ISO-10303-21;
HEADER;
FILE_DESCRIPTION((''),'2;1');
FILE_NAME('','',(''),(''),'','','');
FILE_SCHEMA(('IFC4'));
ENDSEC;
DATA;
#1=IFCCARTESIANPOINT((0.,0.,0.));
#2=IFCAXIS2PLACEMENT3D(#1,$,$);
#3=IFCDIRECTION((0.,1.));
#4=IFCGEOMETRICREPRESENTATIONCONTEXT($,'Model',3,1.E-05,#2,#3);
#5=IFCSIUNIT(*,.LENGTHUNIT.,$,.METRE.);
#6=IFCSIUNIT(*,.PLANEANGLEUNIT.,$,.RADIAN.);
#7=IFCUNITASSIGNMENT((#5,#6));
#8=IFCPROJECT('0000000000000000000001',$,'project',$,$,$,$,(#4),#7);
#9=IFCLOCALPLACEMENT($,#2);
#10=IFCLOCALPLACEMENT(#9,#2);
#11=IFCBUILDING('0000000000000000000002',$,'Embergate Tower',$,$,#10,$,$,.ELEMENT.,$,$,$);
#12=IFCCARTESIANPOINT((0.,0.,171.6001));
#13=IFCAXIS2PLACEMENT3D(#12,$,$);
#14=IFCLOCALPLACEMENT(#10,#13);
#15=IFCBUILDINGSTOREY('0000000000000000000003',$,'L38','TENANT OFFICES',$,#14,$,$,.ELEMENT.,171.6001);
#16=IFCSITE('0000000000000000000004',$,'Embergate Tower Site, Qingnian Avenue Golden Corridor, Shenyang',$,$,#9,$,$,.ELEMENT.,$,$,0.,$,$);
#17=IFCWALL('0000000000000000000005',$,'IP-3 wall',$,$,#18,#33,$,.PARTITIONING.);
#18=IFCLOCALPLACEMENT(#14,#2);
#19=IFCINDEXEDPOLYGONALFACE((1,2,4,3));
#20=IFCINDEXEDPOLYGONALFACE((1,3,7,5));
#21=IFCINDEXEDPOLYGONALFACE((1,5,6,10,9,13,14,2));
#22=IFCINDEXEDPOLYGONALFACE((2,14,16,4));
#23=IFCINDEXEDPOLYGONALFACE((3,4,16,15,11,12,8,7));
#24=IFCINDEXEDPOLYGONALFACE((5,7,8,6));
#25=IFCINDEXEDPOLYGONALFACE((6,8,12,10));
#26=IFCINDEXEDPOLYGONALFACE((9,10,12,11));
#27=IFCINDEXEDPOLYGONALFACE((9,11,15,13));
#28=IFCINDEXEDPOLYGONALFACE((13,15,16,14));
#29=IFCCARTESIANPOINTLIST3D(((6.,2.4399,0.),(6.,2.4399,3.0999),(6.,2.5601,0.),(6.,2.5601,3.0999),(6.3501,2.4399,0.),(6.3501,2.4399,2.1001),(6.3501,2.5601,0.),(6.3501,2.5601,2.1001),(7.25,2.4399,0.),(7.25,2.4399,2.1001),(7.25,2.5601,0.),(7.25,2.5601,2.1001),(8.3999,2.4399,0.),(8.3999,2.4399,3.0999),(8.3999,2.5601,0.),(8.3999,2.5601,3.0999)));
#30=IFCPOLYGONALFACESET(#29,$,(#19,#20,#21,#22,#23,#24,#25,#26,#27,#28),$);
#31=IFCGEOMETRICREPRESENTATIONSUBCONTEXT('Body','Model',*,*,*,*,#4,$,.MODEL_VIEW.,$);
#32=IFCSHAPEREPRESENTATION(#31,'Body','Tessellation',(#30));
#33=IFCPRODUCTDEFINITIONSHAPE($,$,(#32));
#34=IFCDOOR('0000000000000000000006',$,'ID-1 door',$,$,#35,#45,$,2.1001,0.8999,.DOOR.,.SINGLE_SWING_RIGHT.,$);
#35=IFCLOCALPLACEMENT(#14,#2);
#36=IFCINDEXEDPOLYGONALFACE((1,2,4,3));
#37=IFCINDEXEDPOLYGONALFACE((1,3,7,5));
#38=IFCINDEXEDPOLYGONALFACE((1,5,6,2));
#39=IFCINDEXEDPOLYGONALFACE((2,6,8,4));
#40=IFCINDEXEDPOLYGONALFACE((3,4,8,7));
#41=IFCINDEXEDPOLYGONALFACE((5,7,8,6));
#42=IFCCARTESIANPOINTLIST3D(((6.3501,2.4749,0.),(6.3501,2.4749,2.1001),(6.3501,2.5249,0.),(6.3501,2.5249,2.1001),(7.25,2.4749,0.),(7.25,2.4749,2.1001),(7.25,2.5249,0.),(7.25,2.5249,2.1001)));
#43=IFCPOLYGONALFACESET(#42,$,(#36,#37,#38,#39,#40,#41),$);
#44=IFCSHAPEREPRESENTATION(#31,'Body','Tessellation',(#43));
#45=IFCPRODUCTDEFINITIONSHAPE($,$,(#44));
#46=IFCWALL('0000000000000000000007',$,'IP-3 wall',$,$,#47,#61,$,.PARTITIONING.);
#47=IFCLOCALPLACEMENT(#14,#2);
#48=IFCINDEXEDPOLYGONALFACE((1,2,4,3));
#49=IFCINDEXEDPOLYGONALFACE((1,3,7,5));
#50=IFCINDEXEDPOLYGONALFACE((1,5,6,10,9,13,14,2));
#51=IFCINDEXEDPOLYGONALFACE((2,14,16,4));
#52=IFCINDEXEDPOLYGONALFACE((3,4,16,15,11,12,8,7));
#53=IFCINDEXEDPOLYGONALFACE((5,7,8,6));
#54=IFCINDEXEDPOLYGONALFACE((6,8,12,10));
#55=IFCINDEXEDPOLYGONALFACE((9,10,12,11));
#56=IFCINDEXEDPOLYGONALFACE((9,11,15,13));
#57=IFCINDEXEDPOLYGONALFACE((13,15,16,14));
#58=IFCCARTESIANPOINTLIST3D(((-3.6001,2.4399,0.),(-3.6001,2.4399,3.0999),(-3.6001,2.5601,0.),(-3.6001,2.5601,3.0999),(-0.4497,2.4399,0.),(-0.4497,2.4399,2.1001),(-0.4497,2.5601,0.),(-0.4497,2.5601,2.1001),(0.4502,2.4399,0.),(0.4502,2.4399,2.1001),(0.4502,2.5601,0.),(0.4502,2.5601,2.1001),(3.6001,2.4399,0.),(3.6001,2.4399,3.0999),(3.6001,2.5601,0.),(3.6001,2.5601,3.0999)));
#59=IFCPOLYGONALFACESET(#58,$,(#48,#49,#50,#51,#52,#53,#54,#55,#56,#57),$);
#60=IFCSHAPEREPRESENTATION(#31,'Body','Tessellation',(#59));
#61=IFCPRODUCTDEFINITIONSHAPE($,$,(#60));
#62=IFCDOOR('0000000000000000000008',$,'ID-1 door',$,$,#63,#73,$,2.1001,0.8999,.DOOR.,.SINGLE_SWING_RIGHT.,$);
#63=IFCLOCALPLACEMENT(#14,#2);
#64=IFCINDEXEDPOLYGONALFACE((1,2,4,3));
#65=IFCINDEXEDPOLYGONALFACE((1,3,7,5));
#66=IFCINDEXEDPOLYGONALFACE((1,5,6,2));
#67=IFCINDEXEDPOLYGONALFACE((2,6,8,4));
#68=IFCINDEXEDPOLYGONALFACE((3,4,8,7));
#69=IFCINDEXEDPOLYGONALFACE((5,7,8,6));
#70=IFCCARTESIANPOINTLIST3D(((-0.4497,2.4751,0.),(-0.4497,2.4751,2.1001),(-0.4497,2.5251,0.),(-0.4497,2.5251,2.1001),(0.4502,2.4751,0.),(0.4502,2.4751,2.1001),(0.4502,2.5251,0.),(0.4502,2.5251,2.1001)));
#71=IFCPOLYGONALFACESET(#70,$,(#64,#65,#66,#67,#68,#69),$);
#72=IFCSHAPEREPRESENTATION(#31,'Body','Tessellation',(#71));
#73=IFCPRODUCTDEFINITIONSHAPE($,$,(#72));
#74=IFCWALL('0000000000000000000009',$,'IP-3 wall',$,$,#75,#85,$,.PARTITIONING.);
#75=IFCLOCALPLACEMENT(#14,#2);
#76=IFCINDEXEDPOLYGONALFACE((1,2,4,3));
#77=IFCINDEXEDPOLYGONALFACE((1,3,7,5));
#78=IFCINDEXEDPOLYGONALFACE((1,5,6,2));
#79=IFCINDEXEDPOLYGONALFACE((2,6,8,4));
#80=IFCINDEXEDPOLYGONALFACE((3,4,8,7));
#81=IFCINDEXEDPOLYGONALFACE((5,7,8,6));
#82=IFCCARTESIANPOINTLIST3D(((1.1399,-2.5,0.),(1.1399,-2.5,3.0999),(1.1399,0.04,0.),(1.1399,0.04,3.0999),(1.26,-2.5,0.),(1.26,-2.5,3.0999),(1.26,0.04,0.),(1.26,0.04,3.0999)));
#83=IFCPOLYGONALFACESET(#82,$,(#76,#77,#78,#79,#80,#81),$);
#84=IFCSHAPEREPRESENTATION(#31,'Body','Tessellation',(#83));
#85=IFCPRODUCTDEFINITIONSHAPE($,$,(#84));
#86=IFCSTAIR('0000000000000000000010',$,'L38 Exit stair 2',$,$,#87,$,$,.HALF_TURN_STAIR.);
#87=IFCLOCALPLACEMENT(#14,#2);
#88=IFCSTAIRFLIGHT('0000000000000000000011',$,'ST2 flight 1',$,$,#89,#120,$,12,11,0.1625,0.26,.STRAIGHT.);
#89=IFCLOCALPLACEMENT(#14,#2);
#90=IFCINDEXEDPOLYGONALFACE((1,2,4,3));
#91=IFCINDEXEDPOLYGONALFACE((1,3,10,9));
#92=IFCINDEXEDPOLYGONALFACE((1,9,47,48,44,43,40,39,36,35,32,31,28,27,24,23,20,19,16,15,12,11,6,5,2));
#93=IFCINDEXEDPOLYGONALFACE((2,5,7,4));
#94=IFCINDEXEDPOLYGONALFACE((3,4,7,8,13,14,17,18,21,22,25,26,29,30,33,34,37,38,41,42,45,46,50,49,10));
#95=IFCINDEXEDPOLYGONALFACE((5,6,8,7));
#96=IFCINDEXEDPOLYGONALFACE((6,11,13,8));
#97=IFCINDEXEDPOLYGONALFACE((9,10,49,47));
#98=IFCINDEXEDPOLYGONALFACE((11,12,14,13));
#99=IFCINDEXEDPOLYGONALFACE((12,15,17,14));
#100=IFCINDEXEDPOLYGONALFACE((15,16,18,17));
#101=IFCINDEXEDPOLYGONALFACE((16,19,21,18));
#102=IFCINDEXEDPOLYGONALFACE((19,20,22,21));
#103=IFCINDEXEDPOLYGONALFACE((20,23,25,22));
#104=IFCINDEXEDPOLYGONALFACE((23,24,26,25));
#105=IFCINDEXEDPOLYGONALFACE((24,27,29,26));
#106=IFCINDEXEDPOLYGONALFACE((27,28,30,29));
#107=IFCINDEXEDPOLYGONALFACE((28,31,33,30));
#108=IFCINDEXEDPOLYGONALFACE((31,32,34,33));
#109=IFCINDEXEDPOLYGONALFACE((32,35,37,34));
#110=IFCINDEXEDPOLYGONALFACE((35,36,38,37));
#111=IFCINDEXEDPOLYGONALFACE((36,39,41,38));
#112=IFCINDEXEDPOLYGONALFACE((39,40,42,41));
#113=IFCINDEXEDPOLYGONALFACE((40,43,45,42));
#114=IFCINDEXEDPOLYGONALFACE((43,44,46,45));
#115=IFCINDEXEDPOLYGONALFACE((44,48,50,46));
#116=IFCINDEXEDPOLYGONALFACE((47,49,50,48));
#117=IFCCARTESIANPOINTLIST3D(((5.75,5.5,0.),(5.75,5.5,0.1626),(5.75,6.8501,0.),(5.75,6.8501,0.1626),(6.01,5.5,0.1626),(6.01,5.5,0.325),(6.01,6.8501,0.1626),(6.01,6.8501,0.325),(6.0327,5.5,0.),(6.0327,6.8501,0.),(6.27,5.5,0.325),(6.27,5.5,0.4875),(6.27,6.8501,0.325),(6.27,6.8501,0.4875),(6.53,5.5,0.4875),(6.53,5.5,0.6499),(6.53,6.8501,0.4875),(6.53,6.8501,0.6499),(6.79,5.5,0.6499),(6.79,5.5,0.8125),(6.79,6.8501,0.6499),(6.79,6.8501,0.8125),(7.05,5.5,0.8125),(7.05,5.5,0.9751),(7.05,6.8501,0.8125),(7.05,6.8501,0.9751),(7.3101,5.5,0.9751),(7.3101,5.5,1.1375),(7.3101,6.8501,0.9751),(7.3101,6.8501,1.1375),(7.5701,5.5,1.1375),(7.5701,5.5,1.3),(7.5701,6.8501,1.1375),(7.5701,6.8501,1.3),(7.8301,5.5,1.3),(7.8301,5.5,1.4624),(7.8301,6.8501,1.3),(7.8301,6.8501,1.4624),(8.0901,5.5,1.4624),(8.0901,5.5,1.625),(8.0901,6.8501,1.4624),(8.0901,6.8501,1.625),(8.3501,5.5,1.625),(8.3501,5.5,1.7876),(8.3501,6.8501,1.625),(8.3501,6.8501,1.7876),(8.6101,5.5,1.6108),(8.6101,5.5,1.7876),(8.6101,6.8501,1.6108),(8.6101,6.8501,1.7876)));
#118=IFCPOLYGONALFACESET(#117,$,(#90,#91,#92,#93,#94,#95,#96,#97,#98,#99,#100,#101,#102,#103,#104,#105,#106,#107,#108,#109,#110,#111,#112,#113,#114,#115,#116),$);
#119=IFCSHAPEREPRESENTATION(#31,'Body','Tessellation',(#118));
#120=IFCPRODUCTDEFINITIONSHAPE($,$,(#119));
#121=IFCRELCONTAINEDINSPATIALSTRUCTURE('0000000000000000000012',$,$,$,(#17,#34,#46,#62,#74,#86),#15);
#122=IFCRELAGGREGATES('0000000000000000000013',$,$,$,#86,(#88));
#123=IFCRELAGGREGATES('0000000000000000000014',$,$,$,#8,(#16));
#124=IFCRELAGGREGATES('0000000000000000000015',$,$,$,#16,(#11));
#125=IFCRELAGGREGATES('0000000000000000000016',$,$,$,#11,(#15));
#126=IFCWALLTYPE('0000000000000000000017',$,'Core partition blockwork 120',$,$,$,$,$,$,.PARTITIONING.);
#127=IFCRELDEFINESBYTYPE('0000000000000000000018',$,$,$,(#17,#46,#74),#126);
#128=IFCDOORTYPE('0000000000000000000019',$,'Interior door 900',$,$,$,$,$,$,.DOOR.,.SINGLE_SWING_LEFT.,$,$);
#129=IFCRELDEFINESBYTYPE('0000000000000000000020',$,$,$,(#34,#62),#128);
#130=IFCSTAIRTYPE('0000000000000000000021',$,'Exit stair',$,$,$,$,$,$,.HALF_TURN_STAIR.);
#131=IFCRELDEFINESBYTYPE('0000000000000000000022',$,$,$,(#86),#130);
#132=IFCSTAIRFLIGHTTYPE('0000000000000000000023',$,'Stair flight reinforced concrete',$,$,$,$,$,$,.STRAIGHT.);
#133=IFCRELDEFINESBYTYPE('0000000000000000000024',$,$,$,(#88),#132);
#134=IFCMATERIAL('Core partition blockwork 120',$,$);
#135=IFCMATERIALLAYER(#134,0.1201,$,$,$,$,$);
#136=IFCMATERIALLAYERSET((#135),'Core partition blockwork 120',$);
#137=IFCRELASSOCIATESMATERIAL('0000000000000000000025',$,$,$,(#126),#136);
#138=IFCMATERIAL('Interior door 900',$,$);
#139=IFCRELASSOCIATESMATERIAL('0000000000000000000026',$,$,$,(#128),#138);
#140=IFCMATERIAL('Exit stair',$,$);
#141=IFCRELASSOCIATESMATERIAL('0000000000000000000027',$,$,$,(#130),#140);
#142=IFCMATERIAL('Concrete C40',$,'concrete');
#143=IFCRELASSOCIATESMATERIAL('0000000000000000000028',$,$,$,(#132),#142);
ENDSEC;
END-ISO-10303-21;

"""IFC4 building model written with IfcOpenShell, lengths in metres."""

from ifc_helpers import new_model, si_unit, direction, frame, frame_2d, origin, place, context, subcontext, project, spatial, polyline, rectangle, outline, extrude, source, transform, mapped, material, layer, layer_set, type_object, element, fill, aggregate, save


model = new_model("IFC4")

# Units and contexts
model_context = context("Model", 3, precision=1e-05, world=origin(), true_north=direction((0.0, 1.0)))
body_context = subcontext(model_context, "Body", "Model", "MODEL_VIEW")
ifc_project = project(units=[si_unit("LENGTHUNIT", "METRE"), si_unit("PLANEANGLEUNIT", "RADIAN")], contexts=[model_context])

# Site, building, storey
site_placement = place(None, origin())
site = spatial("IfcSite", under=ifc_project, at=site_placement, Name="Embergate Tower Site, Qingnian Avenue Golden Corridor, Shenyang", CompositionType="ELEMENT", RefElevation=0.0)
building_placement = place(site_placement, origin())
building = spatial("IfcBuilding", under=site, at=building_placement, Name="Embergate Tower", CompositionType="ELEMENT")
storey_placement = place(building_placement, frame((0.0, 0.0, 171.6001)))
storey = spatial("IfcBuildingStorey", under=building, at=storey_placement, Name="L38", Description="TENANT OFFICES", CompositionType="ELEMENT", Elevation=171.6001)

# Shared definitions
ifc_material_1 = material(Name="Core partition blockwork 120")
ifc_layer_1 = layer(ifc_material_1, 0.1201)
ifc_layer_set_1 = layer_set([ifc_layer_1], Name="Core partition blockwork 120")
wall_type_1 = type_object("IfcWallType", Name="Core partition blockwork 120", PredefinedType="PARTITIONING", material=ifc_layer_set_1)

# Walls, openings, doors
shared_shape_1 = source(origin(), body_context, "Body", "SweptSolid", [
    extrude(rectangle(XDim=2.3999, YDim=0.1201, at=frame_2d((1.2, 0.0))), origin(), (0.0, 0.0, 1.0), 3.0999),
])
wall_1_placement = place(storey_placement, frame((6.0, 2.5, 0.0), z_axis=(0.0, 0.0, 1.0), x_axis=(1.0, 0.0, 0.0)))
wall_1 = element("IfcWall", 1, at=wall_1_placement, inside=storey, type_object=wall_type_1, Name="IP-3 wall", PredefinedType="PARTITIONING", context=body_context, shape_type="MappedRepresentation", body=[
    mapped(shared_shape_1, transform((0.0, 0.0, 0.0))),
])
shared_shape_2 = source(origin(), body_context, "Body", "SweptSolid", [
    extrude(rectangle(XDim=0.8999, YDim=2.1001, at=frame_2d((0.45, 1.05))), frame((0.0, 0.0701, 0.0), z_axis=(0.0, -1.0, 0.0), x_axis=(1.0, 0.0, 0.0)), (0.0, 0.0, 1.0), 0.1401),
])
opening_1_placement = place(wall_1_placement, frame((0.3501, 0.0, 0.0)))
opening_1 = element("IfcOpeningElement", 2, at=opening_1_placement, cuts=wall_1, PredefinedType="OPENING", context=body_context, shape_type="MappedRepresentation", body=[
    mapped(shared_shape_2, transform((0.0, 0.0, 0.0))),
])
ifc_material_2 = material(Name="Interior door 900")
door_type_1 = type_object("IfcDoorType", Name="Interior door 900", OperationType="SINGLE_SWING_LEFT", PredefinedType="DOOR", material=ifc_material_2)
shared_shape_3 = source(origin(), body_context, "Body", "SweptSolid", [
    extrude(rectangle(XDim=0.8999, YDim=2.1001, at=frame_2d((0.45, 1.05))), frame((0.0, 0.0249, 0.0), z_axis=(0.0, -1.0, 0.0), x_axis=(1.0, 0.0, 0.0)), (0.0, 0.0, 1.0), 0.05),
])
door_1_placement = place(opening_1_placement, origin())
door_1 = element("IfcDoor", 3, at=door_1_placement, inside=storey, type_object=door_type_1, Name="ID-1 door", OperationType="SINGLE_SWING_RIGHT", OverallHeight=2.1001, OverallWidth=0.8999, PredefinedType="DOOR", context=body_context, shape_type="MappedRepresentation", body=[
    mapped(shared_shape_3, transform((0.0, 0.0, 0.0))),
])
fill(opening_1, door_1)
shared_shape_4 = source(origin(), body_context, "Body", "SweptSolid", [
    extrude(rectangle(XDim=7.2002, YDim=0.1201, at=frame_2d((3.6001, 0.0))), origin(), (0.0, 0.0, 1.0), 3.0999),
])
wall_2_placement = place(storey_placement, frame((3.6001, 2.5, 0.0), z_axis=(0.0, 0.0, 1.0), x_axis=(-1.0, 0.0, 0.0)))
wall_2 = element("IfcWall", 4, at=wall_2_placement, inside=storey, type_object=wall_type_1, Name="IP-3 wall", PredefinedType="PARTITIONING", context=body_context, shape_type="MappedRepresentation", body=[
    mapped(shared_shape_4, transform((0.0, 0.0, 0.0))),
])
opening_2_placement = place(wall_2_placement, frame((3.1499, 0.0, 0.0)))
opening_2 = element("IfcOpeningElement", 5, at=opening_2_placement, cuts=wall_2, PredefinedType="OPENING", context=body_context, shape_type="MappedRepresentation", body=[
    mapped(shared_shape_2, transform((0.0, 0.0, 0.0))),
])
door_2_placement = place(opening_2_placement, origin())
door_2 = element("IfcDoor", 6, at=door_2_placement, inside=storey, type_object=door_type_1, Name="ID-1 door", OperationType="SINGLE_SWING_RIGHT", OverallHeight=2.1001, OverallWidth=0.8999, PredefinedType="DOOR", context=body_context, shape_type="MappedRepresentation", body=[
    mapped(shared_shape_3, transform((0.0, 0.0, 0.0))),
])
fill(opening_2, door_2)

# Wall
shared_shape_5 = source(origin(), body_context, "Body", "SweptSolid", [
    extrude(rectangle(XDim=2.54, YDim=0.1201, at=frame_2d((1.27, 0.0))), origin(), (0.0, 0.0, 1.0), 3.0999),
])
wall_3_placement = place(storey_placement, frame((1.2, 0.04, 0.0), z_axis=(0.0, 0.0, 1.0), x_axis=(0.0, -1.0, 0.0)))
element("IfcWall", 7, at=wall_3_placement, inside=storey, type_object=wall_type_1, Name="IP-3 wall", PredefinedType="PARTITIONING", context=body_context, shape_type="MappedRepresentation", body=[
    mapped(shared_shape_5, transform((0.0, 0.0, 0.0))),
])

# Stair, stair flight
ifc_material_3 = material(Name="Exit stair")
stair_type = type_object("IfcStairType", Name="Exit stair", PredefinedType="HALF_TURN_STAIR", material=ifc_material_3)
stair_placement = place(storey_placement, origin())
stair = element("IfcStair", 8, at=stair_placement, inside=storey, type_object=stair_type, Name="L38 Exit stair 2", PredefinedType="HALF_TURN_STAIR")
ifc_material_4 = material(Name="Concrete C40", Category="concrete")
stair_flight_type = type_object("IfcStairFlightType", Name="Stair flight reinforced concrete", PredefinedType="STRAIGHT", material=ifc_material_4)
shared_shape_6 = source(origin(), body_context, "Body", "SweptSolid", [
    extrude(outline(polyline([(0.0, 0.0), (0.0, 0.1626), (0.26, 0.1626), (0.26, 0.325), (0.52, 0.325), (0.52, 0.4875), (0.78, 0.4875), (0.78, 0.6499), (1.04, 0.6499), (1.04, 0.8125), (1.3, 0.8125), (1.3, 0.9751), (1.5601, 0.9751), (1.5601, 1.1375), (1.8201, 1.1375), (1.8201, 1.3), (2.0801, 1.3), (2.0801, 1.4624), (2.3401, 1.4624), (2.3401, 1.625), (2.6001, 1.625), (2.6001, 1.7876), (2.8601, 1.7876), (2.8601, 1.95), (2.8601, 1.6108), (0.2827, 0.0), (0.0, 0.0)])), frame((0.0, 0.675, 0.0), z_axis=(0.0, -1.0, 0.0), x_axis=(1.0, 0.0, 0.0)), (0.0, 0.0, 1.0), 1.3501),
])
stair_flight_placement = place(storey_placement, frame((5.75, 6.175, 0.0), z_axis=(0.0, 0.0, 1.0), x_axis=(1.0, 0.0, 0.0)))
stair_flight = element("IfcStairFlight", 9, at=stair_flight_placement, type_object=stair_flight_type, Name="ST2 flight 1", NumberOfRisers=12, NumberOfTreads=11, PredefinedType="STRAIGHT", RiserHeight=0.1625, TreadLength=0.26, context=body_context, shape_type="MappedRepresentation", body=[
    mapped(shared_shape_6, transform((0.0, 0.0, 0.0))),
])
aggregate(stair, [stair_flight])

save(model, "model.ifc")
